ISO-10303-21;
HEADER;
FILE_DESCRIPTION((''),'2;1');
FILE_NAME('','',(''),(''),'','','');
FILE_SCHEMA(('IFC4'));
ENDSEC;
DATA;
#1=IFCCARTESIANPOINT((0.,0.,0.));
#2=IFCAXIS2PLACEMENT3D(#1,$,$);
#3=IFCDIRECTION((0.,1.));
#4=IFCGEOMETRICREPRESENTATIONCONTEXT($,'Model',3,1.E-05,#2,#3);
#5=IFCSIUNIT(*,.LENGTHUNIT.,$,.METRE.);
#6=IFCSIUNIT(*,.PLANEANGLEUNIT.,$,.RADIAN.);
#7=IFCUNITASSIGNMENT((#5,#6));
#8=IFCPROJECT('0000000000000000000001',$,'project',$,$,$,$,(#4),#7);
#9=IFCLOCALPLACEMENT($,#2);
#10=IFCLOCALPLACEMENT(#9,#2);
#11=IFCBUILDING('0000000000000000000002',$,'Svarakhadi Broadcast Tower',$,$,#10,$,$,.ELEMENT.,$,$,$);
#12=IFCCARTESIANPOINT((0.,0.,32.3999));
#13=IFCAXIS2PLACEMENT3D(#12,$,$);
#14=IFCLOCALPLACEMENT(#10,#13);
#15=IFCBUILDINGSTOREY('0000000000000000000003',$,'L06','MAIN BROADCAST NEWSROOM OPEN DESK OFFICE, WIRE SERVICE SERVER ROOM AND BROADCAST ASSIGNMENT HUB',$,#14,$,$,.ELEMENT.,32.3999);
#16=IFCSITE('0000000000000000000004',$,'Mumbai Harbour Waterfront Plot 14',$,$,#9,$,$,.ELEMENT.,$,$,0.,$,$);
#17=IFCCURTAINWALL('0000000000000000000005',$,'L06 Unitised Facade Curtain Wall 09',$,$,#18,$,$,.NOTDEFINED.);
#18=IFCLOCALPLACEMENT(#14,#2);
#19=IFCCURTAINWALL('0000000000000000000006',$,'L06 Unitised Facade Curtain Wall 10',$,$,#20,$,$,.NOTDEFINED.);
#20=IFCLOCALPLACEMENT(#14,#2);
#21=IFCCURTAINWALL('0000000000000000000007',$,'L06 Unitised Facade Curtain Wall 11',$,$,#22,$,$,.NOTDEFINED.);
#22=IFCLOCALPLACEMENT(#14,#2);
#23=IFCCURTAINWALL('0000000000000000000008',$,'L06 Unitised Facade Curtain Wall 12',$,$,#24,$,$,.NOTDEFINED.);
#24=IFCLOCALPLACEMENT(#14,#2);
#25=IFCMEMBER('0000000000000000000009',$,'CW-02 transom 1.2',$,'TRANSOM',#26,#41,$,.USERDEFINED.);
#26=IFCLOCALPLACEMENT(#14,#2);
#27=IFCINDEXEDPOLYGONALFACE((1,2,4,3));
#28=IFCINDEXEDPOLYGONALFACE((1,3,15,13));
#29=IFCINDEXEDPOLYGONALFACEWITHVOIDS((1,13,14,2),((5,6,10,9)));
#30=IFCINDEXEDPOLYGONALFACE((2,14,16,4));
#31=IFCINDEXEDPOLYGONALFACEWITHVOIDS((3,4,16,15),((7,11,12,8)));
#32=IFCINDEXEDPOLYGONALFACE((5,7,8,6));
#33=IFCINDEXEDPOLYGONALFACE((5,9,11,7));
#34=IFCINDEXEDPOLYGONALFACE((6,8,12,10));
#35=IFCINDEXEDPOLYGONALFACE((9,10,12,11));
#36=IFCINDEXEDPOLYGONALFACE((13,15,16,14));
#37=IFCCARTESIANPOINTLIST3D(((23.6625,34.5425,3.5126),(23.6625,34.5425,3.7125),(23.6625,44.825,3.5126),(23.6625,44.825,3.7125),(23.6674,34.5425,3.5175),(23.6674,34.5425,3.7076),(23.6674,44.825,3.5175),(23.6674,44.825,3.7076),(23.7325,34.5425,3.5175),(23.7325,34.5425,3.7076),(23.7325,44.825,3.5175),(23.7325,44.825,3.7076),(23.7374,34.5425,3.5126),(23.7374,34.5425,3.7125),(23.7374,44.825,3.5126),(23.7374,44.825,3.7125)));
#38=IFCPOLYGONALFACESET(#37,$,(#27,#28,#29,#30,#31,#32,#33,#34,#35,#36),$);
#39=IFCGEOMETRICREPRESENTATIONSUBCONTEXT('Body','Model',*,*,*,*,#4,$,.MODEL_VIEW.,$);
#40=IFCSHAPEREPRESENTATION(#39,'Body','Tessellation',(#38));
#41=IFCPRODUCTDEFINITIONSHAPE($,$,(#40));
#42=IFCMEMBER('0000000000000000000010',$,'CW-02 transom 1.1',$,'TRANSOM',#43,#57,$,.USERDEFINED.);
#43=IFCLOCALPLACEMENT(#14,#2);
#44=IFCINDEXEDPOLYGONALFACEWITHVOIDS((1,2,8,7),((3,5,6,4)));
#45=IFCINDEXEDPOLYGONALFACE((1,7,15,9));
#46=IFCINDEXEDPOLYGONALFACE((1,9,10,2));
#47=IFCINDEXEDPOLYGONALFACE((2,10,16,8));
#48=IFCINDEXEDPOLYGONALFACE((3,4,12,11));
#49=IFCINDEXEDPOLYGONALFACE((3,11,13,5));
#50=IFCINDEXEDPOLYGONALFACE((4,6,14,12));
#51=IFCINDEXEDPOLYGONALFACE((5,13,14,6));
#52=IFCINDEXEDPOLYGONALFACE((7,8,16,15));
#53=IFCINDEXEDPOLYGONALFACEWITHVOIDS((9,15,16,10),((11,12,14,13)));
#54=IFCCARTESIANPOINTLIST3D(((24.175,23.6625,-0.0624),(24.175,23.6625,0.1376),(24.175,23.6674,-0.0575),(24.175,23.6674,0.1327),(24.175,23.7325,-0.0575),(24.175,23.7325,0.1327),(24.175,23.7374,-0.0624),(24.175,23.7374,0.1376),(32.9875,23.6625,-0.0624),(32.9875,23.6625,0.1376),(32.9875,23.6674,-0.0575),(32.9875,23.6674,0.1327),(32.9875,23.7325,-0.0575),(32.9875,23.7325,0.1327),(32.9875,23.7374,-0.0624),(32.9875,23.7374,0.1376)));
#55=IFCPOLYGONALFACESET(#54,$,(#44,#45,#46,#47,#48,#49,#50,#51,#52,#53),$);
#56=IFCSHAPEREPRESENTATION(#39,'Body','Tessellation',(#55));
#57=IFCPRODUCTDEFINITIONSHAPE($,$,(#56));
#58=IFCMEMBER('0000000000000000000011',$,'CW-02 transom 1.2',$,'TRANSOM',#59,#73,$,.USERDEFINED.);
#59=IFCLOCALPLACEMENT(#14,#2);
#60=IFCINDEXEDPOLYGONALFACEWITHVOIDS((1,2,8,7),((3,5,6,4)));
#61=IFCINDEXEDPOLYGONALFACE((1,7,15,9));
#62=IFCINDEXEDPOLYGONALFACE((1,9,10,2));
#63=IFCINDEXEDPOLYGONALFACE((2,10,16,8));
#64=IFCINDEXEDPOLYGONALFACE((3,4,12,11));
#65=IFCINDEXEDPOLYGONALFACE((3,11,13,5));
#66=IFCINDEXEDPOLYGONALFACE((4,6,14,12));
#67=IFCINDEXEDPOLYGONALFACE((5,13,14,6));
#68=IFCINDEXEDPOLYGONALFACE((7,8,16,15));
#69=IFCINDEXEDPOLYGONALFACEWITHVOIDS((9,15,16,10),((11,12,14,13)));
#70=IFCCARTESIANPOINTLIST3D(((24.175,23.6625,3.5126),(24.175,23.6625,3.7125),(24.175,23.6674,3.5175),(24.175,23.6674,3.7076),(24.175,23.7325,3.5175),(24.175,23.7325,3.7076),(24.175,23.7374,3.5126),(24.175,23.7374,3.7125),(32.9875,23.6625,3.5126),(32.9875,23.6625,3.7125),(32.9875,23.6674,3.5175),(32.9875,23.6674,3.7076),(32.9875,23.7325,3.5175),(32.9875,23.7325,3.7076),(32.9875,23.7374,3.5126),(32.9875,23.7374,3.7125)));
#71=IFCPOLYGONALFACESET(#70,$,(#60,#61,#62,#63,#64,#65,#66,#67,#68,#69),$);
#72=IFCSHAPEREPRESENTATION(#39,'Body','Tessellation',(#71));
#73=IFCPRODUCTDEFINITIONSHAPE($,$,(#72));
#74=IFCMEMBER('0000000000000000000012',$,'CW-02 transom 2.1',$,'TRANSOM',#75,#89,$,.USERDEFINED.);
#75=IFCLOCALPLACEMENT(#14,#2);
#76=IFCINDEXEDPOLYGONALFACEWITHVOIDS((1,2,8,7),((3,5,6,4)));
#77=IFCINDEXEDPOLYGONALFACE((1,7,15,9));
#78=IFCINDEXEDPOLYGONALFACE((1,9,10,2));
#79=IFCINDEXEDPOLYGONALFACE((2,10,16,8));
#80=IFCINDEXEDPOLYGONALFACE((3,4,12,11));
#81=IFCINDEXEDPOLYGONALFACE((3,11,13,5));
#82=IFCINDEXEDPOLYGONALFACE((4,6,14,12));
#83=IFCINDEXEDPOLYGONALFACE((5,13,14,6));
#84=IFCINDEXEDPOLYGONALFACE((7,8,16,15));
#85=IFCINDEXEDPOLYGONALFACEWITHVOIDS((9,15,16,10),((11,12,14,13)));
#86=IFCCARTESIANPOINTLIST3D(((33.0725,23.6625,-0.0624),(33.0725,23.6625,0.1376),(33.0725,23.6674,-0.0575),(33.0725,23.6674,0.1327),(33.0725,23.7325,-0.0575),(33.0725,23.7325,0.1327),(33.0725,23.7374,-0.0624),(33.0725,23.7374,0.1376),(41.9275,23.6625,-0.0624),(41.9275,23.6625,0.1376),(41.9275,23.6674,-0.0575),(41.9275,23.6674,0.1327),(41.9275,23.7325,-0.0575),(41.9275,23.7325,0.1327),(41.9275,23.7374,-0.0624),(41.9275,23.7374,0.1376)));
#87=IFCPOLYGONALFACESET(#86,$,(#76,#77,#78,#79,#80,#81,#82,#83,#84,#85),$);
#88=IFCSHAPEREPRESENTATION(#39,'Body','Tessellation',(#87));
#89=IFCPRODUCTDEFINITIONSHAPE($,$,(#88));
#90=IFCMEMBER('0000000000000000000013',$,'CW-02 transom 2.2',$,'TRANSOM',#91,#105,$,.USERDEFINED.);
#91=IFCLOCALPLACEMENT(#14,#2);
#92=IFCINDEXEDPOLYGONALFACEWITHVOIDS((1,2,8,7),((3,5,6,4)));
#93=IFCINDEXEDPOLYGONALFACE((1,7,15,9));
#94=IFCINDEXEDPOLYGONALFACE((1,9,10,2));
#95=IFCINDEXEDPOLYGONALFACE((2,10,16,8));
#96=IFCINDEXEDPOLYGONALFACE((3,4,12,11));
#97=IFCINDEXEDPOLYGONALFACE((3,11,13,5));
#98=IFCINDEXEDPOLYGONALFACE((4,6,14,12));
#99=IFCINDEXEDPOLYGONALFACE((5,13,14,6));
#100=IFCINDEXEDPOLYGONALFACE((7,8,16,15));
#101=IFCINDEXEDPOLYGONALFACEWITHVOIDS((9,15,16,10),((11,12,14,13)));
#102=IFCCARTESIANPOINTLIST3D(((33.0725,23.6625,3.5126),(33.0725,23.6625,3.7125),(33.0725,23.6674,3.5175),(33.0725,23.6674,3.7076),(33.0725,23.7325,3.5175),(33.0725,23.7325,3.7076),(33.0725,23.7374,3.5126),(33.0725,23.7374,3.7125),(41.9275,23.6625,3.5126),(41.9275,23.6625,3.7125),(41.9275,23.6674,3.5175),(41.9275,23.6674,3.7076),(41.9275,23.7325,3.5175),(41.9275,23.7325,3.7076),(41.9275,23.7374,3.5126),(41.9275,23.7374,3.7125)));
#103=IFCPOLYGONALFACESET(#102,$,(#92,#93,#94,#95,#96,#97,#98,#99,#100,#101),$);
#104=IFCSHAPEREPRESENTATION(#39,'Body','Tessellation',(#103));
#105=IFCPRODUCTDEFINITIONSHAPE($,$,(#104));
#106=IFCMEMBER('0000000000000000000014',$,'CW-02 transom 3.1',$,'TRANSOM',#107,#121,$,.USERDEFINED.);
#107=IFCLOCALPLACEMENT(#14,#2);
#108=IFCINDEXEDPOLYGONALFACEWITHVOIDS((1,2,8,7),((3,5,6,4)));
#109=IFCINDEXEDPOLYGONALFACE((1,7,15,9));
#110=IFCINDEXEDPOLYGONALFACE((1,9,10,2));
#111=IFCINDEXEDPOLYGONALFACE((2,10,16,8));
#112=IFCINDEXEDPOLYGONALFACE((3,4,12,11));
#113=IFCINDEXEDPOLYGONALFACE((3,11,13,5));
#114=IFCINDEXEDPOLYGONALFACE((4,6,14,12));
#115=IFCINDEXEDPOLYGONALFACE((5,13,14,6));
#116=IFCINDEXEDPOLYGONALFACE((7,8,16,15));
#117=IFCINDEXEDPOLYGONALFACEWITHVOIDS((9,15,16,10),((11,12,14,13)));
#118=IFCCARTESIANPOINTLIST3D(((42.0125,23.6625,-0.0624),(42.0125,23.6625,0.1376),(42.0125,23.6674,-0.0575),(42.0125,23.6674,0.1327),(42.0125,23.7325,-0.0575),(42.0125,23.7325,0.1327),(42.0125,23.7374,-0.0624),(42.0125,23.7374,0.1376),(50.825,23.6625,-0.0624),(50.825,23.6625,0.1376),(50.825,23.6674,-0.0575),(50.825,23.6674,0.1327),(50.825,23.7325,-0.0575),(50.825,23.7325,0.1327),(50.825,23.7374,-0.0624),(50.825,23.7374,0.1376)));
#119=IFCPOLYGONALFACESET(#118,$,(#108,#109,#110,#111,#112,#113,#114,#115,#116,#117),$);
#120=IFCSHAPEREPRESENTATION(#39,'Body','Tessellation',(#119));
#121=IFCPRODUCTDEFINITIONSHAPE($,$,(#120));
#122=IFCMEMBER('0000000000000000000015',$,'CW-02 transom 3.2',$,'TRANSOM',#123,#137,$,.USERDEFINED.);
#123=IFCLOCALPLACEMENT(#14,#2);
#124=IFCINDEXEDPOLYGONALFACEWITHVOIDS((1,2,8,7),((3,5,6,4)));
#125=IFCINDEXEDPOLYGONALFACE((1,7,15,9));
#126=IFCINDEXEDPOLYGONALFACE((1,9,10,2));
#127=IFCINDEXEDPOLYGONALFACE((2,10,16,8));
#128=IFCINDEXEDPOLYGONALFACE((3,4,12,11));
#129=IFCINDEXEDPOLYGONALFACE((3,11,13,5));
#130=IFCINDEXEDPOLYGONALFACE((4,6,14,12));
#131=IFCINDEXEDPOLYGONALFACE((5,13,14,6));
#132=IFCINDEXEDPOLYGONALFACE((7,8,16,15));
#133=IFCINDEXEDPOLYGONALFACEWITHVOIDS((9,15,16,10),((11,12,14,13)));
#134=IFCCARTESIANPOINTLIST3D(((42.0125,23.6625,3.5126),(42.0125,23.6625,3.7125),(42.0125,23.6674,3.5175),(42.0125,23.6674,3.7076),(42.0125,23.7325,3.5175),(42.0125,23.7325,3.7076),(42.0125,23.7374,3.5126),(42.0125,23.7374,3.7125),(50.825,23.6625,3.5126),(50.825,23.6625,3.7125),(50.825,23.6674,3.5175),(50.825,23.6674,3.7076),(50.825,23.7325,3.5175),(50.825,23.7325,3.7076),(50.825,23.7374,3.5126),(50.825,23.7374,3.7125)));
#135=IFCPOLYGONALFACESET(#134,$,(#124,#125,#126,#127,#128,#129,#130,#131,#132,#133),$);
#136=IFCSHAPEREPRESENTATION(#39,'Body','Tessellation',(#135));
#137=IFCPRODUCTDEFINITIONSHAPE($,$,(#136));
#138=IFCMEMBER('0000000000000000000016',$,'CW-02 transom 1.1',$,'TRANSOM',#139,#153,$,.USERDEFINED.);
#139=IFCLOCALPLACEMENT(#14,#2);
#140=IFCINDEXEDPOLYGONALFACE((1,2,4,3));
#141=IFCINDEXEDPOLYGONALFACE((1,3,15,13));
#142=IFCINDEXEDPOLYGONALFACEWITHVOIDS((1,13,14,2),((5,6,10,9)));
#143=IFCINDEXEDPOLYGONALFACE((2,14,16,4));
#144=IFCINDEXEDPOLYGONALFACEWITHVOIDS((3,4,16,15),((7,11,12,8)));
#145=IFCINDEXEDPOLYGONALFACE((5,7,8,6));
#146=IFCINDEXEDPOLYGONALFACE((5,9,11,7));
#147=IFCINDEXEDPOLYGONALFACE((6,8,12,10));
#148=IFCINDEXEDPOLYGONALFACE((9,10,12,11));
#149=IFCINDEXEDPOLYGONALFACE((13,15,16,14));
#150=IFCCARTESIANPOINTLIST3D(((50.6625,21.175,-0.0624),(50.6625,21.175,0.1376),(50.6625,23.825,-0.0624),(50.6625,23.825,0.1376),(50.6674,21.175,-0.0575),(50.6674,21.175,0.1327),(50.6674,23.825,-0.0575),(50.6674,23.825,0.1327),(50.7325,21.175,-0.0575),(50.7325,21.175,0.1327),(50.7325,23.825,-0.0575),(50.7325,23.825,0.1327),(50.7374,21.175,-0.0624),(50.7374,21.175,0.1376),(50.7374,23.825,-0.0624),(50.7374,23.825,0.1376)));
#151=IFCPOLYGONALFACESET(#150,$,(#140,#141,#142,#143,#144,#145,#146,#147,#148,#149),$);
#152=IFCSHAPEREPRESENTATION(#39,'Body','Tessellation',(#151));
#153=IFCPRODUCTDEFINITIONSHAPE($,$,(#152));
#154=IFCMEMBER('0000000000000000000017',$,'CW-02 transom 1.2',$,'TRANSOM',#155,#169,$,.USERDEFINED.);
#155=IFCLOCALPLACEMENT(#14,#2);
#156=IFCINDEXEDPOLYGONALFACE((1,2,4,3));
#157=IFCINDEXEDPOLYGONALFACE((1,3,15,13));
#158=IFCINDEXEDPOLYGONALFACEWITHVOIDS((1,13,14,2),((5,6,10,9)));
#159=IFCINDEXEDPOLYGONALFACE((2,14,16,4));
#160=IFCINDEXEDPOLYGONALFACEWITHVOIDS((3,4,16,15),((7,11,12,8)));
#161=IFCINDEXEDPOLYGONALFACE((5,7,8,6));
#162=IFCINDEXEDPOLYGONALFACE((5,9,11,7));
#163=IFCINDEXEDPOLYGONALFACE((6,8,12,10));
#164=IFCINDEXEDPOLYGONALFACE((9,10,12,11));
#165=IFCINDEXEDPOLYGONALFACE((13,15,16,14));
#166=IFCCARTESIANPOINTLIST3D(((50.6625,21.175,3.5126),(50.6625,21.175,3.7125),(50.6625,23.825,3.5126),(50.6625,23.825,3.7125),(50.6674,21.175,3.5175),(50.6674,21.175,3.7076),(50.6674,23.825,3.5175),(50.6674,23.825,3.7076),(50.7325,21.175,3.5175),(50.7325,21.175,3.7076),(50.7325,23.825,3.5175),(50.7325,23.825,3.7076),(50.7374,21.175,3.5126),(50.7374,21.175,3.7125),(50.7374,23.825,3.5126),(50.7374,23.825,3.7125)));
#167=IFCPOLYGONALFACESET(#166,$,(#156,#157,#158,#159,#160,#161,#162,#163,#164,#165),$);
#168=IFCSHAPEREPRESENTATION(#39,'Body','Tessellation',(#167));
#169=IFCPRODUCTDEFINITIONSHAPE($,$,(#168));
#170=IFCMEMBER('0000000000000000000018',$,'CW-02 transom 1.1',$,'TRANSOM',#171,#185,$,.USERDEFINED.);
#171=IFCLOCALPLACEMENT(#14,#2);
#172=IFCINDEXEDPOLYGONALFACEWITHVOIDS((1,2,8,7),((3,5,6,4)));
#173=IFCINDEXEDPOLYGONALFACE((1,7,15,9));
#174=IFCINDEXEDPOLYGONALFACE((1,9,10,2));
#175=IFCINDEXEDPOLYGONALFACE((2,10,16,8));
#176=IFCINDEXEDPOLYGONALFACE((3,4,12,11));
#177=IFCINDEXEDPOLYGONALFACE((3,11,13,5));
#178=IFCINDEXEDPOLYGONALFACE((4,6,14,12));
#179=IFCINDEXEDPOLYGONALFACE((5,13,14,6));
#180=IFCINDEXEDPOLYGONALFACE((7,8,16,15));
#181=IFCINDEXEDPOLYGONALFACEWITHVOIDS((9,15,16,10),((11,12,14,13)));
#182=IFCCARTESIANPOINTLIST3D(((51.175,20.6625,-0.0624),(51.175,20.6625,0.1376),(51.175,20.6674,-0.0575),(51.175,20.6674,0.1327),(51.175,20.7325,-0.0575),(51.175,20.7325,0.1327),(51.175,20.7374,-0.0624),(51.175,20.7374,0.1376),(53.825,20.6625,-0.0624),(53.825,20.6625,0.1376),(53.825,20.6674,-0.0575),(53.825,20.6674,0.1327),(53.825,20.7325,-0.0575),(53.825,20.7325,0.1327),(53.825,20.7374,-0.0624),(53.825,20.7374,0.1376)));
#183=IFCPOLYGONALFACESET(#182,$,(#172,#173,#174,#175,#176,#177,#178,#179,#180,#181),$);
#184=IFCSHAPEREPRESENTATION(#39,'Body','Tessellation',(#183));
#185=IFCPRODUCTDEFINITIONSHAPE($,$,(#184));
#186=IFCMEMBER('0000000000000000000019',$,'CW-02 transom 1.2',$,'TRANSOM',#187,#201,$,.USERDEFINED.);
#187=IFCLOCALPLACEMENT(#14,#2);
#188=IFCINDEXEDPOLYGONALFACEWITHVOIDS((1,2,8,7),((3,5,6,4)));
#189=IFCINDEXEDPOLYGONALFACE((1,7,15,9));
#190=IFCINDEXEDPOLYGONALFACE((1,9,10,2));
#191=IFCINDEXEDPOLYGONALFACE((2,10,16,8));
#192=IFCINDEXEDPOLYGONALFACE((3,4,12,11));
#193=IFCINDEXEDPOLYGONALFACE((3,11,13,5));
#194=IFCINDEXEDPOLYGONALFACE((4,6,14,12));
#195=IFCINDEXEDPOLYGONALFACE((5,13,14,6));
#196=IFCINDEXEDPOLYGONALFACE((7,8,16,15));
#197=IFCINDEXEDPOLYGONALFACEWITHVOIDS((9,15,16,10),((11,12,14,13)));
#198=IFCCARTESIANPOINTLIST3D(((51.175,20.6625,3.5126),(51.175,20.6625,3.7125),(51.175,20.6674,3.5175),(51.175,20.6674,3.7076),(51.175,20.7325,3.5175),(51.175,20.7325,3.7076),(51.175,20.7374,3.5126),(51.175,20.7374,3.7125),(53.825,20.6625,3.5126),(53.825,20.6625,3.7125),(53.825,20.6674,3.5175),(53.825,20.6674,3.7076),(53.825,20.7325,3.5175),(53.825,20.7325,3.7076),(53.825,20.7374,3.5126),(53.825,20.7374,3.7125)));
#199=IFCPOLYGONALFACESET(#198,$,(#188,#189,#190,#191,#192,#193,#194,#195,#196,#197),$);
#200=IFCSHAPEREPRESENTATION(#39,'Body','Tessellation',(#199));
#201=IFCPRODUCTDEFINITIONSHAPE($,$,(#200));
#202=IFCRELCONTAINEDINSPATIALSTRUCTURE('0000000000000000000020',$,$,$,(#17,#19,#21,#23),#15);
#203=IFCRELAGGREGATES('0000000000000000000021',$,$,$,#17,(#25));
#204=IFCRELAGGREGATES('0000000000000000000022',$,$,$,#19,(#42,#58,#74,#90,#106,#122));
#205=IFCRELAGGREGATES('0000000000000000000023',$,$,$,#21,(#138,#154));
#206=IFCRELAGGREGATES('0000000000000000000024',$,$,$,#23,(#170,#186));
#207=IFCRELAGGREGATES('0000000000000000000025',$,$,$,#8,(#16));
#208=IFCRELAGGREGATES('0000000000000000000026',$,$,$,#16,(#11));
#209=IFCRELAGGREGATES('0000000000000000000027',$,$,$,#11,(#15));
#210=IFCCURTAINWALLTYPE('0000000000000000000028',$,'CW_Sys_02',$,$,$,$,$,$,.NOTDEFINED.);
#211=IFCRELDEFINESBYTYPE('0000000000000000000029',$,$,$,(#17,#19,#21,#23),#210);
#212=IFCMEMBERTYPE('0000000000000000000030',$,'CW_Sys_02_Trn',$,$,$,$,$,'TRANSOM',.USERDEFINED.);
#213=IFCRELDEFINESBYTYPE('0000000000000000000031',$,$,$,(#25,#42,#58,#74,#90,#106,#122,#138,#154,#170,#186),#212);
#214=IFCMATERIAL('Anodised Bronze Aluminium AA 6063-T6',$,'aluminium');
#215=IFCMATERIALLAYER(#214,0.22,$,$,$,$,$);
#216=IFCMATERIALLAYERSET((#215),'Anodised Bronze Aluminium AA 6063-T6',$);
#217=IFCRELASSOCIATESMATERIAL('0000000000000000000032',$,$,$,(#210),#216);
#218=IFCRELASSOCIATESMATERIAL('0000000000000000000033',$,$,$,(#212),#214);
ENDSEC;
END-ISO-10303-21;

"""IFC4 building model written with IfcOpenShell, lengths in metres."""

from ifc_helpers import new_model, si_unit, direction, frame, origin, origin_2d, place, context, subcontext, project, spatial, hollow_rectangle, extrude, material, layer, layer_set, material_profile, profile_set, type_object, element, aggregate, save


model = new_model("IFC4")

# Units and contexts
model_context = context("Model", 3, precision=1e-05, world=origin(), true_north=direction((0.0, 1.0)))
body_context = subcontext(model_context, "Body", "Model", "MODEL_VIEW")
ifc_project = project(units=[si_unit("LENGTHUNIT", "METRE"), si_unit("PLANEANGLEUNIT", "RADIAN")], contexts=[model_context])

# Site, building, storey
site_placement = place(None, origin())
site = spatial("IfcSite", under=ifc_project, at=site_placement, Name="Mumbai Harbour Waterfront Plot 14", CompositionType="ELEMENT", RefElevation=0.0)
building_placement = place(site_placement, origin())
building = spatial("IfcBuilding", under=site, at=building_placement, Name="Svarakhadi Broadcast Tower", CompositionType="ELEMENT")
storey_placement = place(building_placement, frame((0.0, 0.0, 32.3999)))
storey = spatial("IfcBuildingStorey", under=building, at=storey_placement, Name="L06", Description="MAIN BROADCAST NEWSROOM OPEN DESK OFFICE, WIRE SERVICE SERVER ROOM AND BROADCAST ASSIGNMENT HUB", CompositionType="ELEMENT", Elevation=32.3999)

# Curtain wall
ifc_material_1 = material(Name="Anodised Bronze Aluminium AA 6063-T6", Category="aluminium")
ifc_layer_1 = layer(ifc_material_1, 0.22)
ifc_layer_set_1 = layer_set([ifc_layer_1], Name="Anodised Bronze Aluminium AA 6063-T6")
curtain_wall_type = type_object("IfcCurtainWallType", Name="CW_Sys_02", PredefinedType="NOTDEFINED", material=ifc_layer_set_1)
curtain_wall_1_placement = place(storey_placement, origin())
curtain_wall_1 = element("IfcCurtainWall", 1, at=curtain_wall_1_placement, inside=storey, type_object=curtain_wall_type, Name="L06 Unitised Facade Curtain Wall 09", PredefinedType="NOTDEFINED")

# Curtain walls
curtain_wall_2_placement = place(storey_placement, origin())
curtain_wall_2 = element("IfcCurtainWall", 2, at=curtain_wall_2_placement, inside=storey, type_object=curtain_wall_type, Name="L06 Unitised Facade Curtain Wall 10", PredefinedType="NOTDEFINED")
curtain_wall_3_placement = place(storey_placement, origin())
curtain_wall_3 = element("IfcCurtainWall", 3, at=curtain_wall_3_placement, inside=storey, type_object=curtain_wall_type, Name="L06 Unitised Facade Curtain Wall 11", PredefinedType="NOTDEFINED")
curtain_wall_4_placement = place(storey_placement, origin())
curtain_wall_4 = element("IfcCurtainWall", 4, at=curtain_wall_4_placement, inside=storey, type_object=curtain_wall_type, Name="L06 Unitised Facade Curtain Wall 12", PredefinedType="NOTDEFINED")

# Members
ifc_material_profile_1 = material_profile(ifc_material_1, hollow_rectangle(XDim=0.075, YDim=0.2, WallThickness=0.0049, at=origin_2d()), Name="ALU TRANSOM 200x75x5")
ifc_profile_set_1 = profile_set([ifc_material_profile_1], Name="Anodised Bronze Aluminium AA 6063-T6")
member_type_1 = type_object("IfcMemberType", Name="CW_Sys_02_Trn", ElementType="TRANSOM", PredefinedType="USERDEFINED", material=ifc_profile_set_1)
member_1_placement = place(storey_placement, frame((23.7, 44.825, 3.6125), z_axis=(0.0, -1.0, 0.0), x_axis=(1.0, 0.0, 0.0)))
member_1 = element("IfcMember", 5, at=member_1_placement, type_object=member_type_1, Name="CW-02 transom 1.2", ObjectType="TRANSOM", PredefinedType="USERDEFINED", context=body_context, shape_type="SweptSolid", body=[
    extrude(hollow_rectangle(XDim=0.075, YDim=0.2, WallThickness=0.0049, at=origin_2d()), origin(), (0.0, 0.0, 1.0), 10.2825),
])
aggregate(curtain_wall_1, [member_1])
member_2_placement = place(storey_placement, frame((24.175, 23.7, 0.0376), z_axis=(1.0, 0.0, 0.0), x_axis=(0.0, 1.0, 0.0)))
member_2 = element("IfcMember", 6, at=member_2_placement, type_object=member_type_1, Name="CW-02 transom 1.1", ObjectType="TRANSOM", PredefinedType="USERDEFINED", context=body_context, shape_type="SweptSolid", body=[
    extrude(hollow_rectangle(XDim=0.075, YDim=0.2, WallThickness=0.0049, at=origin_2d()), origin(), (0.0, 0.0, 1.0), 8.8125),
])
member_3_placement = place(storey_placement, frame((24.175, 23.7, 3.6125), z_axis=(1.0, 0.0, 0.0), x_axis=(0.0, 1.0, 0.0)))
member_3 = element("IfcMember", 7, at=member_3_placement, type_object=member_type_1, Name="CW-02 transom 1.2", ObjectType="TRANSOM", PredefinedType="USERDEFINED", context=body_context, shape_type="SweptSolid", body=[
    extrude(hollow_rectangle(XDim=0.075, YDim=0.2, WallThickness=0.0049, at=origin_2d()), origin(), (0.0, 0.0, 1.0), 8.8125),
])
member_4_placement = place(storey_placement, frame((33.0725, 23.7, 0.0376), z_axis=(1.0, 0.0, 0.0), x_axis=(0.0, 1.0, 0.0)))
member_4 = element("IfcMember", 8, at=member_4_placement, type_object=member_type_1, Name="CW-02 transom 2.1", ObjectType="TRANSOM", PredefinedType="USERDEFINED", context=body_context, shape_type="SweptSolid", body=[
    extrude(hollow_rectangle(XDim=0.075, YDim=0.2, WallThickness=0.0049, at=origin_2d()), origin(), (0.0, 0.0, 1.0), 8.855),
])
member_5_placement = place(storey_placement, frame((33.0725, 23.7, 3.6125), z_axis=(1.0, 0.0, 0.0), x_axis=(0.0, 1.0, 0.0)))
member_5 = element("IfcMember", 9, at=member_5_placement, type_object=member_type_1, Name="CW-02 transom 2.2", ObjectType="TRANSOM", PredefinedType="USERDEFINED", context=body_context, shape_type="SweptSolid", body=[
    extrude(hollow_rectangle(XDim=0.075, YDim=0.2, WallThickness=0.0049, at=origin_2d()), origin(), (0.0, 0.0, 1.0), 8.855),
])
member_6_placement = place(storey_placement, frame((42.0125, 23.7, 0.0376), z_axis=(1.0, 0.0, 0.0), x_axis=(0.0, 1.0, 0.0)))
member_6 = element("IfcMember", 10, at=member_6_placement, type_object=member_type_1, Name="CW-02 transom 3.1", ObjectType="TRANSOM", PredefinedType="USERDEFINED", context=body_context, shape_type="SweptSolid", body=[
    extrude(hollow_rectangle(XDim=0.075, YDim=0.2, WallThickness=0.0049, at=origin_2d()), origin(), (0.0, 0.0, 1.0), 8.8125),
])
member_7_placement = place(storey_placement, frame((42.0125, 23.7, 3.6125), z_axis=(1.0, 0.0, 0.0), x_axis=(0.0, 1.0, 0.0)))
member_7 = element("IfcMember", 11, at=member_7_placement, type_object=member_type_1, Name="CW-02 transom 3.2", ObjectType="TRANSOM", PredefinedType="USERDEFINED", context=body_context, shape_type="SweptSolid", body=[
    extrude(hollow_rectangle(XDim=0.075, YDim=0.2, WallThickness=0.0049, at=origin_2d()), origin(), (0.0, 0.0, 1.0), 8.8125),
])
member_8_placement = place(storey_placement, frame((50.7, 23.825, 0.0376), z_axis=(0.0, -1.0, 0.0), x_axis=(1.0, 0.0, 0.0)))
member_8 = element("IfcMember", 12, at=member_8_placement, type_object=member_type_1, Name="CW-02 transom 1.1", ObjectType="TRANSOM", PredefinedType="USERDEFINED", context=body_context, shape_type="SweptSolid", body=[
    extrude(hollow_rectangle(XDim=0.075, YDim=0.2, WallThickness=0.0049, at=origin_2d()), origin(), (0.0, 0.0, 1.0), 2.6499),
])
member_9_placement = place(storey_placement, frame((50.7, 23.825, 3.6125), z_axis=(0.0, -1.0, 0.0), x_axis=(1.0, 0.0, 0.0)))
member_9 = element("IfcMember", 13, at=member_9_placement, type_object=member_type_1, Name="CW-02 transom 1.2", ObjectType="TRANSOM", PredefinedType="USERDEFINED", context=body_context, shape_type="SweptSolid", body=[
    extrude(hollow_rectangle(XDim=0.075, YDim=0.2, WallThickness=0.0049, at=origin_2d()), origin(), (0.0, 0.0, 1.0), 2.6499),
])
member_10_placement = place(storey_placement, frame((51.175, 20.7, 0.0376), z_axis=(1.0, 0.0, 0.0), x_axis=(0.0, 1.0, 0.0)))
member_10 = element("IfcMember", 14, at=member_10_placement, type_object=member_type_1, Name="CW-02 transom 1.1", ObjectType="TRANSOM", PredefinedType="USERDEFINED", context=body_context, shape_type="SweptSolid", body=[
    extrude(hollow_rectangle(XDim=0.075, YDim=0.2, WallThickness=0.0049, at=origin_2d()), origin(), (0.0, 0.0, 1.0), 2.6499),
])
member_11_placement = place(storey_placement, frame((51.175, 20.7, 3.6125), z_axis=(1.0, 0.0, 0.0), x_axis=(0.0, 1.0, 0.0)))
member_11 = element("IfcMember", 15, at=member_11_placement, type_object=member_type_1, Name="CW-02 transom 1.2", ObjectType="TRANSOM", PredefinedType="USERDEFINED", context=body_context, shape_type="SweptSolid", body=[
    extrude(hollow_rectangle(XDim=0.075, YDim=0.2, WallThickness=0.0049, at=origin_2d()), origin(), (0.0, 0.0, 1.0), 2.6499),
])

aggregate(curtain_wall_2, [member_2, member_3, member_4, member_5, member_6, member_7])
aggregate(curtain_wall_3, [member_8, member_9])
aggregate(curtain_wall_4, [member_10, member_11])

save(model, "model.ifc")
